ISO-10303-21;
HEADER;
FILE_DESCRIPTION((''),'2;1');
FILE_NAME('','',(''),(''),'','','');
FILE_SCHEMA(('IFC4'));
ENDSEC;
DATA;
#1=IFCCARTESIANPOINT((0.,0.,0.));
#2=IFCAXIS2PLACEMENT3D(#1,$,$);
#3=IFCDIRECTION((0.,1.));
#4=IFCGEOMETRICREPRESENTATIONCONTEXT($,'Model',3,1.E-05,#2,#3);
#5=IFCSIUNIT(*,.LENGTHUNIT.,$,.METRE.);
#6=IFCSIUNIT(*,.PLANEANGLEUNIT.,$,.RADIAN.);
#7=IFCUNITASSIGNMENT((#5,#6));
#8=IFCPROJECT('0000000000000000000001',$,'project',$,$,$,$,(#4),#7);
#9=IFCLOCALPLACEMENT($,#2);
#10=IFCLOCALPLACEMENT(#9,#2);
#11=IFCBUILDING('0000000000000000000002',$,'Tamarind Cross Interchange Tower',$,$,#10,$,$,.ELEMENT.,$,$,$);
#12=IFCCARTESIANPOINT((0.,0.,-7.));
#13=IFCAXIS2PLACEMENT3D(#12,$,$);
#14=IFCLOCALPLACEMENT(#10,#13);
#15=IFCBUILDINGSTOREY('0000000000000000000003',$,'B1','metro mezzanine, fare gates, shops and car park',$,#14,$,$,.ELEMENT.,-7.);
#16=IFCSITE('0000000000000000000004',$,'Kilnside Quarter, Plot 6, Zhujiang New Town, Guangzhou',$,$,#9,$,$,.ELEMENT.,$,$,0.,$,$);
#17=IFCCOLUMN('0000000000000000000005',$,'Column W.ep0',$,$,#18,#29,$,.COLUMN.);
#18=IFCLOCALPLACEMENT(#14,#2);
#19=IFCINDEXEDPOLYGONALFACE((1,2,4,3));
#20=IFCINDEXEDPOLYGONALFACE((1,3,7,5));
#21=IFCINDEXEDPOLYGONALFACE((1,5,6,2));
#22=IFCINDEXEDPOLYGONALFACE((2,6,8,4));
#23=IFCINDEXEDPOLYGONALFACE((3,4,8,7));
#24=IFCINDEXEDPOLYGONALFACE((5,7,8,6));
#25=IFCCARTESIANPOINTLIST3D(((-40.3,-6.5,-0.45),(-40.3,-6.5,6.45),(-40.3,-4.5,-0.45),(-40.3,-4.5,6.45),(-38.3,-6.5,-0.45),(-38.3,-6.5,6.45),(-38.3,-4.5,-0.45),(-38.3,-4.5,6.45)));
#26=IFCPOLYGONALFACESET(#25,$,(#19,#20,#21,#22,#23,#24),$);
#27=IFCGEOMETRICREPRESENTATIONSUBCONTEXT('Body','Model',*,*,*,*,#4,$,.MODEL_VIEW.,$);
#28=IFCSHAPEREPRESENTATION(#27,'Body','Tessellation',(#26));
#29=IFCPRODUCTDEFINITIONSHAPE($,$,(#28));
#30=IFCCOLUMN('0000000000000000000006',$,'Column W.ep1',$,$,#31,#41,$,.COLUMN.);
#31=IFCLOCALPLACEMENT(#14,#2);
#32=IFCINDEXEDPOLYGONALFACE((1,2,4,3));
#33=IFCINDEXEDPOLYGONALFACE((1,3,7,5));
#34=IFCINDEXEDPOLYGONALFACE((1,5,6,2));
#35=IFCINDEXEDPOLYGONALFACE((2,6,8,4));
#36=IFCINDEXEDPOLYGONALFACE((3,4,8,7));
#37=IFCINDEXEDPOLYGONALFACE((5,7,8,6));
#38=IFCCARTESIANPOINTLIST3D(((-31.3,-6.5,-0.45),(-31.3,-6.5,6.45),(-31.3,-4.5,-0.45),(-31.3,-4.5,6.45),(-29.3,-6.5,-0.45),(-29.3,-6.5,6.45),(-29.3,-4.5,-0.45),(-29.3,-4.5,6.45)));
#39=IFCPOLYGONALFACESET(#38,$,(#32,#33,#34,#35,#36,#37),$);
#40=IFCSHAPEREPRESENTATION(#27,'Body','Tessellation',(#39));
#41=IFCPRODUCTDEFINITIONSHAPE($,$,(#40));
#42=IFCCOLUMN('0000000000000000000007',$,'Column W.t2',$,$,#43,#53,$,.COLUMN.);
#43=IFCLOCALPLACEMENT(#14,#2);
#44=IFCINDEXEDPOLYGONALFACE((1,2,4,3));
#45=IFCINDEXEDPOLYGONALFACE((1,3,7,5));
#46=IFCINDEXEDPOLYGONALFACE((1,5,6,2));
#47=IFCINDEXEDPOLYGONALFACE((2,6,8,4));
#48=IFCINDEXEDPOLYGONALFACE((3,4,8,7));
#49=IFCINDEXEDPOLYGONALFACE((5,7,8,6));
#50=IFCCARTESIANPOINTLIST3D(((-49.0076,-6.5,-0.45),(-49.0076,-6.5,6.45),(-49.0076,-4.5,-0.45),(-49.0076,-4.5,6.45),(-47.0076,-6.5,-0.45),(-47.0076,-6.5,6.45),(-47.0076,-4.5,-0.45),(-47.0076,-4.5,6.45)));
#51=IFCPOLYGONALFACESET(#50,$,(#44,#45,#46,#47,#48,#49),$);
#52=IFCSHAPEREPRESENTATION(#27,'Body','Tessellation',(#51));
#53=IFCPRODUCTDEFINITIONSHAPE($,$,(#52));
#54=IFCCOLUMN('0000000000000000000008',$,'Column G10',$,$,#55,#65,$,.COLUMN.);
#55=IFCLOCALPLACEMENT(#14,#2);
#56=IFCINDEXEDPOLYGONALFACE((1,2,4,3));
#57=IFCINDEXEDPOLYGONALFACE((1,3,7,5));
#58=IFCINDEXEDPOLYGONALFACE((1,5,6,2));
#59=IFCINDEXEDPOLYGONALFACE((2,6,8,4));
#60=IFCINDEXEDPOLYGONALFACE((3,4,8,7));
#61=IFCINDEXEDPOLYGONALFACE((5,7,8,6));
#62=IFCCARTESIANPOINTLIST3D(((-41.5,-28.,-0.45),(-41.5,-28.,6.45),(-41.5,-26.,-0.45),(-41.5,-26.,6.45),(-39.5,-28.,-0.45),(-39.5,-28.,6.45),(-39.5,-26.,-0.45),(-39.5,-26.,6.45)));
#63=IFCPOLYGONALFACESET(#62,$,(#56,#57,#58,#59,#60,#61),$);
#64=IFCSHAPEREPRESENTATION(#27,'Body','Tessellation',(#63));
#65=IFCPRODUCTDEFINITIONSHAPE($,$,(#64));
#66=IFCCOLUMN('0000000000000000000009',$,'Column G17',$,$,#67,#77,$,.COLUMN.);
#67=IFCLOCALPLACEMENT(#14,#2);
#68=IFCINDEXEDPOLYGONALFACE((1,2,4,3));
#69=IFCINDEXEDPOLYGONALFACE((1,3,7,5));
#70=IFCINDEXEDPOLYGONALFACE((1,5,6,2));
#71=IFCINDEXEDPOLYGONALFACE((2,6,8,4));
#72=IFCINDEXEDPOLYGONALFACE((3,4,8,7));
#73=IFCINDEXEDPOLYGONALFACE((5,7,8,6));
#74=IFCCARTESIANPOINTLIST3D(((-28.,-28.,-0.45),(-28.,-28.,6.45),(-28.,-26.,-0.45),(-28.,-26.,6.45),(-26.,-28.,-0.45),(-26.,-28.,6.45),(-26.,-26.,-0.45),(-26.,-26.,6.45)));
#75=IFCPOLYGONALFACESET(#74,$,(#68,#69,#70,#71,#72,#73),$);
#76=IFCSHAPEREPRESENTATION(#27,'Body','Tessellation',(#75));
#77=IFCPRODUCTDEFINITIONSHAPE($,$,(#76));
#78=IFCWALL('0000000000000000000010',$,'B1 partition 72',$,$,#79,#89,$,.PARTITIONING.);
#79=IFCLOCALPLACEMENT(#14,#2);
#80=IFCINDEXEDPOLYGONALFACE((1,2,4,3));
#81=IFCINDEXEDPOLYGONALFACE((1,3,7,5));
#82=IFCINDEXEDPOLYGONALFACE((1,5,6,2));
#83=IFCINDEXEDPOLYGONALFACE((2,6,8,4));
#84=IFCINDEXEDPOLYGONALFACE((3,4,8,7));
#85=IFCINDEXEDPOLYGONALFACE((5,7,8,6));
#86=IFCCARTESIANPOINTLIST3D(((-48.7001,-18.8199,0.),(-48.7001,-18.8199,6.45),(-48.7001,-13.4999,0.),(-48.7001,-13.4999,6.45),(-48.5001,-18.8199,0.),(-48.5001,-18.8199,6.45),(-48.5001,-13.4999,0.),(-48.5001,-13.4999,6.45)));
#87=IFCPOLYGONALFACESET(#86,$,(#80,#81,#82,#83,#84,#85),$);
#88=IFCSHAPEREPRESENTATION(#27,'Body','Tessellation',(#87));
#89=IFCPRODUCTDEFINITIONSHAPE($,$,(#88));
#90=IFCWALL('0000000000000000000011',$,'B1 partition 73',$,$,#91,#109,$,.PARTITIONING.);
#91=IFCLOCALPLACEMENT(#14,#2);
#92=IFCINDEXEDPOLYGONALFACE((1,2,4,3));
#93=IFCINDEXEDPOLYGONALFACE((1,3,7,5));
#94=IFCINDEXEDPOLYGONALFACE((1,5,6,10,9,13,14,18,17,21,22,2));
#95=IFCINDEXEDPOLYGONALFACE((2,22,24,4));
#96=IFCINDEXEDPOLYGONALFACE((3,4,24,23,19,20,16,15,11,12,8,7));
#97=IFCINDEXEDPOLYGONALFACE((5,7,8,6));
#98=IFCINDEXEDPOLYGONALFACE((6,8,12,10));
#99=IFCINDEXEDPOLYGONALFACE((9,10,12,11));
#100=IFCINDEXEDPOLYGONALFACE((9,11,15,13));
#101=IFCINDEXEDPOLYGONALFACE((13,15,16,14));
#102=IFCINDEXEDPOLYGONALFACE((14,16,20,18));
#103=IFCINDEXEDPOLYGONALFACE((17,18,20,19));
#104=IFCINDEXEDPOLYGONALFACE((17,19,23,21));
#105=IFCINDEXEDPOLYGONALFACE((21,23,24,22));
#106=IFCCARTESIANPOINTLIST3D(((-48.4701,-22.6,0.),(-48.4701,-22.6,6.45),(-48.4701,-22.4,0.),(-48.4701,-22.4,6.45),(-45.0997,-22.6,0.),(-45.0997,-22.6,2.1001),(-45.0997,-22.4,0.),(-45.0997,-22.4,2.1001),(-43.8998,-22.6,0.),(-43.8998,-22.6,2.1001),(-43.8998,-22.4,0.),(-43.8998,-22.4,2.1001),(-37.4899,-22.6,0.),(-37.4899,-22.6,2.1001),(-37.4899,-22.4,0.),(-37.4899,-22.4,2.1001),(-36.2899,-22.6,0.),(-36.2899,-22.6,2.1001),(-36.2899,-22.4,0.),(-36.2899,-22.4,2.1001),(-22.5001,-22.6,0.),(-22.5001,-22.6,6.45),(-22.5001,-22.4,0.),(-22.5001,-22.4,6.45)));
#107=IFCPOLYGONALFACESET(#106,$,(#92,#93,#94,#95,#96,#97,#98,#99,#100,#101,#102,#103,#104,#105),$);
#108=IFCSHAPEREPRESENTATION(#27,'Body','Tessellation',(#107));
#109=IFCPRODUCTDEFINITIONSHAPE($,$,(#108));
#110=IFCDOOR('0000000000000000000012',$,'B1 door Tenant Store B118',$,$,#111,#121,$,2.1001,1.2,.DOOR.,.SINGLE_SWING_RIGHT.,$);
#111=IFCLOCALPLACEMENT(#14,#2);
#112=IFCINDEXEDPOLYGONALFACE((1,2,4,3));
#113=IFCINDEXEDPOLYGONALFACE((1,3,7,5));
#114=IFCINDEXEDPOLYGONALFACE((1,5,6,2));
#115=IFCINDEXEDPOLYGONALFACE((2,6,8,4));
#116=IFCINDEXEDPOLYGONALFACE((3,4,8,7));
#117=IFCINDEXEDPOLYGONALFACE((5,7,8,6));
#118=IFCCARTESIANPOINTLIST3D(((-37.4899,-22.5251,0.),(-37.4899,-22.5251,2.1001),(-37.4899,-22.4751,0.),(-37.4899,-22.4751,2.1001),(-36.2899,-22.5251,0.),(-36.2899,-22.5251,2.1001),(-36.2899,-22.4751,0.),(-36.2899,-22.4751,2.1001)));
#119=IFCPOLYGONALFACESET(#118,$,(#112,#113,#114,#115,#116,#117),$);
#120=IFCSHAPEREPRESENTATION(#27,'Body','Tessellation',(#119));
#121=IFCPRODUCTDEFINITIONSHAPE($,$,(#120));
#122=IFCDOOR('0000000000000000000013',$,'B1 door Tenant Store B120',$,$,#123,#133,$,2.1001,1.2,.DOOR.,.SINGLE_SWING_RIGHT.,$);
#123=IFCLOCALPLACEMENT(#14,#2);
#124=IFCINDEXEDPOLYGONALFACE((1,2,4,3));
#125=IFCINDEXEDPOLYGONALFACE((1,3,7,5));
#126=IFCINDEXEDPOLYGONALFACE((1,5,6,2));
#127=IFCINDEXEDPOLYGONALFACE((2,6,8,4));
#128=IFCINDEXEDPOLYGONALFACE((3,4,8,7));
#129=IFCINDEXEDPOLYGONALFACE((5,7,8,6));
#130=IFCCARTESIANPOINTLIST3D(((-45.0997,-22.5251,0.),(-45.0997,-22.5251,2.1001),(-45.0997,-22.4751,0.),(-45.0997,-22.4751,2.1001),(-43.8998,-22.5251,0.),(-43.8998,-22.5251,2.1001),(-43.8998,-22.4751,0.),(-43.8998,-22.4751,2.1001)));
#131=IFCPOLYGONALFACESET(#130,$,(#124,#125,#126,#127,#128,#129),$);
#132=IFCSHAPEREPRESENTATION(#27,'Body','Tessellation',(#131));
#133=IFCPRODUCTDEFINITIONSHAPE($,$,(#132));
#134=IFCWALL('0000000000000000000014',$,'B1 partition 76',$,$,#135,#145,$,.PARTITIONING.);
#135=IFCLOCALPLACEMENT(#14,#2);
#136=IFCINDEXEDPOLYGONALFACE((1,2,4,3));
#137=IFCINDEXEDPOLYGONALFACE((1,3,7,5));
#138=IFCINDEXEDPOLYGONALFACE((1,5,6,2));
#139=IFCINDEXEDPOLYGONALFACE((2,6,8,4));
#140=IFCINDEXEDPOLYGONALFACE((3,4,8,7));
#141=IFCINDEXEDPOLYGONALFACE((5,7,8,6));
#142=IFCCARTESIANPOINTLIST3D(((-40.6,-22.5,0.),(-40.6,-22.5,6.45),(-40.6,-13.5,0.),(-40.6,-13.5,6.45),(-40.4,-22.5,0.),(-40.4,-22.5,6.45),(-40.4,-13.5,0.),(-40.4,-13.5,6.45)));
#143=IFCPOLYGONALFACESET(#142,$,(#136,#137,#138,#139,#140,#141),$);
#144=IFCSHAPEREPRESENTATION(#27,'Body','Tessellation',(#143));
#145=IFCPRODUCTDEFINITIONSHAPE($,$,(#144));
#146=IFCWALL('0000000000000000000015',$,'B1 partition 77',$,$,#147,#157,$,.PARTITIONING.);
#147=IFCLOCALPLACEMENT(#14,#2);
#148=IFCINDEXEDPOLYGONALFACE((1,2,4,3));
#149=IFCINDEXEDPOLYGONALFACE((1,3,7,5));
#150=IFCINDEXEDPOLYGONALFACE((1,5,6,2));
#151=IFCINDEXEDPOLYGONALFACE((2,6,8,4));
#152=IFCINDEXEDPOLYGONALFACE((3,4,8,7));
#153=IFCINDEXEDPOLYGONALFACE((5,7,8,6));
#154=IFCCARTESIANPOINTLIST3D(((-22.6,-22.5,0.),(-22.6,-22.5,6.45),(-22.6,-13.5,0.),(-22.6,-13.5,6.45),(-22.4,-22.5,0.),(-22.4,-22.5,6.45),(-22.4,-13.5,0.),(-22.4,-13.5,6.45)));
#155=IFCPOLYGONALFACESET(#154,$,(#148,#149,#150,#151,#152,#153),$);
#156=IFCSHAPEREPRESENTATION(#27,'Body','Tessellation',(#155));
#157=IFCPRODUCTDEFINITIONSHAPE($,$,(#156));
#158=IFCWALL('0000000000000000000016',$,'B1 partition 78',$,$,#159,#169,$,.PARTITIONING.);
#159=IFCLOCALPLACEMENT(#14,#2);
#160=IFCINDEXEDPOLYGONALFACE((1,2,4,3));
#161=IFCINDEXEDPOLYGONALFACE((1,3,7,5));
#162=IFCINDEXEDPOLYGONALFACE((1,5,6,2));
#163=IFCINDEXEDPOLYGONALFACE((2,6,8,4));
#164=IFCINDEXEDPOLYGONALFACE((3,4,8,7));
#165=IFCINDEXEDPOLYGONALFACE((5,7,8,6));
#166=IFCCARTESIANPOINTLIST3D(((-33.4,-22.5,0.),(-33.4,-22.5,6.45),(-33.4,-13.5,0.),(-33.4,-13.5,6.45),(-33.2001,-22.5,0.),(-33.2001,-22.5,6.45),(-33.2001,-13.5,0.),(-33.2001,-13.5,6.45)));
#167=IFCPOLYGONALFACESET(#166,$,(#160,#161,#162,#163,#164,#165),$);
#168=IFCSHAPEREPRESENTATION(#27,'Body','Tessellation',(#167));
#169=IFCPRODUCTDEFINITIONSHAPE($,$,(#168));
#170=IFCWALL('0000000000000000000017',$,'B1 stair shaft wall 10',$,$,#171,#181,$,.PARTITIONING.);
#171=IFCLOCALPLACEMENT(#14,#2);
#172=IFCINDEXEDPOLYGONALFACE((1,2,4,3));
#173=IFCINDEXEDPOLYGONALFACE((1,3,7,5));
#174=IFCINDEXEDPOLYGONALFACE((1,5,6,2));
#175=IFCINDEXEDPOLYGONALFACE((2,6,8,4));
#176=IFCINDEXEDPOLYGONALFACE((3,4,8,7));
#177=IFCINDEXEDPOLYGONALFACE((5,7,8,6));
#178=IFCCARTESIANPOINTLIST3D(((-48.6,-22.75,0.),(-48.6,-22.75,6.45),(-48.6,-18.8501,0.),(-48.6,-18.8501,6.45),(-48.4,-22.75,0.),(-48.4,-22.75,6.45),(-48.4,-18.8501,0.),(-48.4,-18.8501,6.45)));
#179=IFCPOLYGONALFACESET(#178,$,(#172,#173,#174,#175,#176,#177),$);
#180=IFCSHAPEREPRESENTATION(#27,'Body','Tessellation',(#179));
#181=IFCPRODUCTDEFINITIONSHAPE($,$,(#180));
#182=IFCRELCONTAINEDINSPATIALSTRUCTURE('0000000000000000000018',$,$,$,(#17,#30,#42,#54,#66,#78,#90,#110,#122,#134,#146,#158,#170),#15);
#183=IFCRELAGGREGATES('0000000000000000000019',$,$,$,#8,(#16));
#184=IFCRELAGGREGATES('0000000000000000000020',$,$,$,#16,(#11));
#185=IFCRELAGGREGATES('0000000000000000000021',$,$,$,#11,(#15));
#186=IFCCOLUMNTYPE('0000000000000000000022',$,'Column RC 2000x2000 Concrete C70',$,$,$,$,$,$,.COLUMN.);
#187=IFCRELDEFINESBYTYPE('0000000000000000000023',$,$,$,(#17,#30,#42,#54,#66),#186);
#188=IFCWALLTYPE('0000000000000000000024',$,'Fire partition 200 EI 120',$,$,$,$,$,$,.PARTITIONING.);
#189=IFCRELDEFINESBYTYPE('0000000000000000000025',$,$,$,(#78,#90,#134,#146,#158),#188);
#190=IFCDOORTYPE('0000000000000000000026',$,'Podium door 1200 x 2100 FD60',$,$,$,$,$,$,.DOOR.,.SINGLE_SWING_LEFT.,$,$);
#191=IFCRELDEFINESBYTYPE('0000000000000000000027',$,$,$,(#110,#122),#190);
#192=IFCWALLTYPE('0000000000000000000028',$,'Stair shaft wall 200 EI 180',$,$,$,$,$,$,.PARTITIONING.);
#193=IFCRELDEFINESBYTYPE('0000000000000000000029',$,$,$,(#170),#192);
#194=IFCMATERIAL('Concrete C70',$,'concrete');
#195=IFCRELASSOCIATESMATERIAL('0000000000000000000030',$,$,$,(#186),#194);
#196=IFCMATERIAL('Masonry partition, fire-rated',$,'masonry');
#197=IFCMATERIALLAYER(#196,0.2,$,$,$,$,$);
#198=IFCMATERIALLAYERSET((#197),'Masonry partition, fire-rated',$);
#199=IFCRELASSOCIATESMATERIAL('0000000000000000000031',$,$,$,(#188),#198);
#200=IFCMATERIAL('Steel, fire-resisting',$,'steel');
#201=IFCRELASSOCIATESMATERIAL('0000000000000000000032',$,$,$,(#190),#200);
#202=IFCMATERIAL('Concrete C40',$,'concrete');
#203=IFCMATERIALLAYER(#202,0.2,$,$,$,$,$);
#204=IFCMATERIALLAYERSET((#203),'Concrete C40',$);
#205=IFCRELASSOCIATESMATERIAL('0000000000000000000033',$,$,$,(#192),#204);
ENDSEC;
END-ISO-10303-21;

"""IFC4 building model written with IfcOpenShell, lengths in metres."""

from ifc_helpers import new_model, si_unit, direction, frame, frame_2d, origin, origin_2d, place, context, subcontext, project, spatial, rectangle, extrude, material, layer, layer_set, material_profile, profile_set, type_object, element, fill, save


model = new_model("IFC4")

# Units and contexts
model_context = context("Model", 3, precision=1e-05, world=origin(), true_north=direction((0.0, 1.0)))
body_context = subcontext(model_context, "Body", "Model", "MODEL_VIEW")
ifc_project = project(units=[si_unit("LENGTHUNIT", "METRE"), si_unit("PLANEANGLEUNIT", "RADIAN")], contexts=[model_context])

# Site, building, storey
site_placement = place(None, origin())
site = spatial("IfcSite", under=ifc_project, at=site_placement, Name="Kilnside Quarter, Plot 6, Zhujiang New Town, Guangzhou", CompositionType="ELEMENT", RefElevation=0.0)
building_placement = place(site_placement, origin())
building = spatial("IfcBuilding", under=site, at=building_placement, Name="Tamarind Cross Interchange Tower", CompositionType="ELEMENT")
storey_placement = place(building_placement, frame((0.0, 0.0, -7.0)))
storey = spatial("IfcBuildingStorey", under=building, at=storey_placement, Name="B1", Description="metro mezzanine, fare gates, shops and car park", CompositionType="ELEMENT", Elevation=-7.0)

# Columns
ifc_material_1 = material(Name="Concrete C70", Category="concrete")
ifc_material_profile = material_profile(ifc_material_1, rectangle(XDim=2.0, YDim=2.0, at=origin_2d()), Name="RC 2000x2000")
ifc_profile_set = profile_set([ifc_material_profile], Name="Concrete C70")
column_type = type_object("IfcColumnType", Name="Column RC 2000x2000 Concrete C70", PredefinedType="COLUMN", material=ifc_profile_set)
for number, where, z_axis, x_axis, name in (
    (1, (-39.3, -5.5, -0.45), (0.0, 0.0, 1.0), (1.0, 0.0, 0.0), "Column W.ep0"),
    (2, (-30.3, -5.5, -0.45), (0.0, 0.0, 1.0), (1.0, 0.0, 0.0), "Column W.ep1"),
    (3, (-48.0076, -5.5, -0.45), (0.0, 0.0, 1.0), (1.0, 0.0, 0.0), "Column W.t2"),
    (4, (-40.5, -27.0, -0.45), (0.0, 0.0, 1.0), (1.0, 0.0, 0.0), "Column G10"),
    (5, (-27.0, -27.0, -0.45), (0.0, 0.0, 1.0), (1.0, 0.0, 0.0), "Column G17"),
):
    element("IfcColumn", number, at=place(storey_placement, frame(where, z_axis=z_axis, x_axis=x_axis)), inside=storey, type_object=column_type, Name=name, PredefinedType="COLUMN", context=body_context, shape_type="SweptSolid", body=[
        extrude(rectangle(XDim=2.0, YDim=2.0, at=origin_2d()), origin(), (0.0, 0.0, 1.0), 6.8999),
    ])

# Wall
ifc_material_2 = material(Name="Masonry partition, fire-rated", Category="masonry")
ifc_layer_1 = layer(ifc_material_2, 0.2)
ifc_layer_set_1 = layer_set([ifc_layer_1], Name="Masonry partition, fire-rated")
wall_type_1 = type_object("IfcWallType", Name="Fire partition 200 EI 120", PredefinedType="PARTITIONING", material=ifc_layer_set_1)
wall_1_placement = place(storey_placement, frame((-48.6001, -18.8201, 0.0), z_axis=(0.0, 0.0, 1.0), x_axis=(0.0, 1.0, 0.0)))
element("IfcWall", 6, at=wall_1_placement, inside=storey, type_object=wall_type_1, Name="B1 partition 72", PredefinedType="PARTITIONING", context=body_context, shape_type="SweptSolid", body=[
    extrude(rectangle(XDim=5.3201, YDim=0.2, at=frame_2d((2.6602, 0.0))), origin(), (0.0, 0.0, 1.0), 6.45),
])

# Wall, openings, doors
wall_2_placement = place(storey_placement, frame((-48.47, -22.5, 0.0), z_axis=(0.0, 0.0, 1.0), x_axis=(1.0, 0.0, 0.0)))
wall_2 = element("IfcWall", 7, at=wall_2_placement, inside=storey, type_object=wall_type_1, Name="B1 partition 73", PredefinedType="PARTITIONING", context=body_context, shape_type="SweptSolid", body=[
    extrude(rectangle(XDim=25.97, YDim=0.2, at=frame_2d((12.9849, 0.0))), origin(), (0.0, 0.0, 1.0), 6.45),
])
opening_1_placement = place(wall_2_placement, frame((10.98, 0.0, 0.0)))
opening_1 = element("IfcOpeningElement", 8, at=opening_1_placement, cuts=wall_2, PredefinedType="OPENING", context=body_context, shape_type="SweptSolid", body=[
    extrude(rectangle(XDim=1.2, YDim=2.1001, at=frame_2d((0.6001, 1.05))), frame((0.0, 0.1099, 0.0), z_axis=(0.0, -1.0, 0.0), x_axis=(1.0, 0.0, 0.0)), (0.0, 0.0, 1.0), 0.22),
])
opening_2_placement = place(wall_2_placement, frame((3.3701, 0.0, 0.0)))
opening_2 = element("IfcOpeningElement", 9, at=opening_2_placement, cuts=wall_2, PredefinedType="OPENING", context=body_context, shape_type="SweptSolid", body=[
    extrude(rectangle(XDim=1.2, YDim=2.1001, at=frame_2d((0.6001, 1.05))), frame((0.0, 0.1099, 0.0), z_axis=(0.0, -1.0, 0.0), x_axis=(1.0, 0.0, 0.0)), (0.0, 0.0, 1.0), 0.22),
])
ifc_material_3 = material(Name="Steel, fire-resisting", Category="steel")
door_type_1 = type_object("IfcDoorType", Name="Podium door 1200 x 2100 FD60", OperationType="SINGLE_SWING_LEFT", PredefinedType="DOOR", material=ifc_material_3)
door_1_placement = place(opening_1_placement, origin())
door_1 = element("IfcDoor", 10, at=door_1_placement, inside=storey, type_object=door_type_1, Name="B1 door Tenant Store B118", OperationType="SINGLE_SWING_RIGHT", OverallHeight=2.1001, OverallWidth=1.2, PredefinedType="DOOR", context=body_context, shape_type="SweptSolid", body=[
    extrude(rectangle(XDim=1.2, YDim=2.1001, at=frame_2d((0.6001, 1.05))), frame((0.0, 0.0249, 0.0), z_axis=(0.0, -1.0, 0.0), x_axis=(1.0, 0.0, 0.0)), (0.0, 0.0, 1.0), 0.05),
])
fill(opening_1, door_1)
door_2_placement = place(opening_2_placement, origin())
door_2 = element("IfcDoor", 11, at=door_2_placement, inside=storey, type_object=door_type_1, Name="B1 door Tenant Store B120", OperationType="SINGLE_SWING_RIGHT", OverallHeight=2.1001, OverallWidth=1.2, PredefinedType="DOOR", context=body_context, shape_type="SweptSolid", body=[
    extrude(rectangle(XDim=1.2, YDim=2.1001, at=frame_2d((0.6001, 1.05))), frame((0.0, 0.0249, 0.0), z_axis=(0.0, -1.0, 0.0), x_axis=(1.0, 0.0, 0.0)), (0.0, 0.0, 1.0), 0.05),
])
fill(opening_2, door_2)

# Walls
for number, where, z_axis, x_axis, name in (
    (12, (-40.5, -22.5, 0.0), (0.0, 0.0, 1.0), (0.0, 1.0, 0.0), "B1 partition 76"),
    (13, (-22.5, -22.5, 0.0), (0.0, 0.0, 1.0), (0.0, 1.0, 0.0), "B1 partition 77"),
    (14, (-33.3, -22.5, 0.0), (0.0, 0.0, 1.0), (0.0, 1.0, 0.0), "B1 partition 78"),
):
    element("IfcWall", number, at=place(storey_placement, frame(where, z_axis=z_axis, x_axis=x_axis)), inside=storey, type_object=wall_type_1, Name=name, PredefinedType="PARTITIONING", context=body_context, shape_type="SweptSolid", body=[
        extrude(rectangle(XDim=9.0, YDim=0.2, at=frame_2d((4.5, 0.0))), origin(), (0.0, 0.0, 1.0), 6.45),
    ])
ifc_material_4 = material(Name="Concrete C40", Category="concrete")
ifc_layer_2 = layer(ifc_material_4, 0.2)
ifc_layer_set_2 = layer_set([ifc_layer_2], Name="Concrete C40")
wall_type_2 = type_object("IfcWallType", Name="Stair shaft wall 200 EI 180", PredefinedType="PARTITIONING", material=ifc_layer_set_2)
wall_3_placement = place(storey_placement, frame((-48.5, -22.75, 0.0), z_axis=(0.0, 0.0, 1.0), x_axis=(0.0, 1.0, 0.0)))
element("IfcWall", 15, at=wall_3_placement, inside=storey, type_object=wall_type_2, Name="B1 stair shaft wall 10", PredefinedType="PARTITIONING", context=body_context, shape_type="SweptSolid", body=[
    extrude(rectangle(XDim=3.8999, YDim=0.2, at=frame_2d((1.95, 0.0))), origin(), (0.0, 0.0, 1.0), 6.45),
])

save(model, "model.ifc")
